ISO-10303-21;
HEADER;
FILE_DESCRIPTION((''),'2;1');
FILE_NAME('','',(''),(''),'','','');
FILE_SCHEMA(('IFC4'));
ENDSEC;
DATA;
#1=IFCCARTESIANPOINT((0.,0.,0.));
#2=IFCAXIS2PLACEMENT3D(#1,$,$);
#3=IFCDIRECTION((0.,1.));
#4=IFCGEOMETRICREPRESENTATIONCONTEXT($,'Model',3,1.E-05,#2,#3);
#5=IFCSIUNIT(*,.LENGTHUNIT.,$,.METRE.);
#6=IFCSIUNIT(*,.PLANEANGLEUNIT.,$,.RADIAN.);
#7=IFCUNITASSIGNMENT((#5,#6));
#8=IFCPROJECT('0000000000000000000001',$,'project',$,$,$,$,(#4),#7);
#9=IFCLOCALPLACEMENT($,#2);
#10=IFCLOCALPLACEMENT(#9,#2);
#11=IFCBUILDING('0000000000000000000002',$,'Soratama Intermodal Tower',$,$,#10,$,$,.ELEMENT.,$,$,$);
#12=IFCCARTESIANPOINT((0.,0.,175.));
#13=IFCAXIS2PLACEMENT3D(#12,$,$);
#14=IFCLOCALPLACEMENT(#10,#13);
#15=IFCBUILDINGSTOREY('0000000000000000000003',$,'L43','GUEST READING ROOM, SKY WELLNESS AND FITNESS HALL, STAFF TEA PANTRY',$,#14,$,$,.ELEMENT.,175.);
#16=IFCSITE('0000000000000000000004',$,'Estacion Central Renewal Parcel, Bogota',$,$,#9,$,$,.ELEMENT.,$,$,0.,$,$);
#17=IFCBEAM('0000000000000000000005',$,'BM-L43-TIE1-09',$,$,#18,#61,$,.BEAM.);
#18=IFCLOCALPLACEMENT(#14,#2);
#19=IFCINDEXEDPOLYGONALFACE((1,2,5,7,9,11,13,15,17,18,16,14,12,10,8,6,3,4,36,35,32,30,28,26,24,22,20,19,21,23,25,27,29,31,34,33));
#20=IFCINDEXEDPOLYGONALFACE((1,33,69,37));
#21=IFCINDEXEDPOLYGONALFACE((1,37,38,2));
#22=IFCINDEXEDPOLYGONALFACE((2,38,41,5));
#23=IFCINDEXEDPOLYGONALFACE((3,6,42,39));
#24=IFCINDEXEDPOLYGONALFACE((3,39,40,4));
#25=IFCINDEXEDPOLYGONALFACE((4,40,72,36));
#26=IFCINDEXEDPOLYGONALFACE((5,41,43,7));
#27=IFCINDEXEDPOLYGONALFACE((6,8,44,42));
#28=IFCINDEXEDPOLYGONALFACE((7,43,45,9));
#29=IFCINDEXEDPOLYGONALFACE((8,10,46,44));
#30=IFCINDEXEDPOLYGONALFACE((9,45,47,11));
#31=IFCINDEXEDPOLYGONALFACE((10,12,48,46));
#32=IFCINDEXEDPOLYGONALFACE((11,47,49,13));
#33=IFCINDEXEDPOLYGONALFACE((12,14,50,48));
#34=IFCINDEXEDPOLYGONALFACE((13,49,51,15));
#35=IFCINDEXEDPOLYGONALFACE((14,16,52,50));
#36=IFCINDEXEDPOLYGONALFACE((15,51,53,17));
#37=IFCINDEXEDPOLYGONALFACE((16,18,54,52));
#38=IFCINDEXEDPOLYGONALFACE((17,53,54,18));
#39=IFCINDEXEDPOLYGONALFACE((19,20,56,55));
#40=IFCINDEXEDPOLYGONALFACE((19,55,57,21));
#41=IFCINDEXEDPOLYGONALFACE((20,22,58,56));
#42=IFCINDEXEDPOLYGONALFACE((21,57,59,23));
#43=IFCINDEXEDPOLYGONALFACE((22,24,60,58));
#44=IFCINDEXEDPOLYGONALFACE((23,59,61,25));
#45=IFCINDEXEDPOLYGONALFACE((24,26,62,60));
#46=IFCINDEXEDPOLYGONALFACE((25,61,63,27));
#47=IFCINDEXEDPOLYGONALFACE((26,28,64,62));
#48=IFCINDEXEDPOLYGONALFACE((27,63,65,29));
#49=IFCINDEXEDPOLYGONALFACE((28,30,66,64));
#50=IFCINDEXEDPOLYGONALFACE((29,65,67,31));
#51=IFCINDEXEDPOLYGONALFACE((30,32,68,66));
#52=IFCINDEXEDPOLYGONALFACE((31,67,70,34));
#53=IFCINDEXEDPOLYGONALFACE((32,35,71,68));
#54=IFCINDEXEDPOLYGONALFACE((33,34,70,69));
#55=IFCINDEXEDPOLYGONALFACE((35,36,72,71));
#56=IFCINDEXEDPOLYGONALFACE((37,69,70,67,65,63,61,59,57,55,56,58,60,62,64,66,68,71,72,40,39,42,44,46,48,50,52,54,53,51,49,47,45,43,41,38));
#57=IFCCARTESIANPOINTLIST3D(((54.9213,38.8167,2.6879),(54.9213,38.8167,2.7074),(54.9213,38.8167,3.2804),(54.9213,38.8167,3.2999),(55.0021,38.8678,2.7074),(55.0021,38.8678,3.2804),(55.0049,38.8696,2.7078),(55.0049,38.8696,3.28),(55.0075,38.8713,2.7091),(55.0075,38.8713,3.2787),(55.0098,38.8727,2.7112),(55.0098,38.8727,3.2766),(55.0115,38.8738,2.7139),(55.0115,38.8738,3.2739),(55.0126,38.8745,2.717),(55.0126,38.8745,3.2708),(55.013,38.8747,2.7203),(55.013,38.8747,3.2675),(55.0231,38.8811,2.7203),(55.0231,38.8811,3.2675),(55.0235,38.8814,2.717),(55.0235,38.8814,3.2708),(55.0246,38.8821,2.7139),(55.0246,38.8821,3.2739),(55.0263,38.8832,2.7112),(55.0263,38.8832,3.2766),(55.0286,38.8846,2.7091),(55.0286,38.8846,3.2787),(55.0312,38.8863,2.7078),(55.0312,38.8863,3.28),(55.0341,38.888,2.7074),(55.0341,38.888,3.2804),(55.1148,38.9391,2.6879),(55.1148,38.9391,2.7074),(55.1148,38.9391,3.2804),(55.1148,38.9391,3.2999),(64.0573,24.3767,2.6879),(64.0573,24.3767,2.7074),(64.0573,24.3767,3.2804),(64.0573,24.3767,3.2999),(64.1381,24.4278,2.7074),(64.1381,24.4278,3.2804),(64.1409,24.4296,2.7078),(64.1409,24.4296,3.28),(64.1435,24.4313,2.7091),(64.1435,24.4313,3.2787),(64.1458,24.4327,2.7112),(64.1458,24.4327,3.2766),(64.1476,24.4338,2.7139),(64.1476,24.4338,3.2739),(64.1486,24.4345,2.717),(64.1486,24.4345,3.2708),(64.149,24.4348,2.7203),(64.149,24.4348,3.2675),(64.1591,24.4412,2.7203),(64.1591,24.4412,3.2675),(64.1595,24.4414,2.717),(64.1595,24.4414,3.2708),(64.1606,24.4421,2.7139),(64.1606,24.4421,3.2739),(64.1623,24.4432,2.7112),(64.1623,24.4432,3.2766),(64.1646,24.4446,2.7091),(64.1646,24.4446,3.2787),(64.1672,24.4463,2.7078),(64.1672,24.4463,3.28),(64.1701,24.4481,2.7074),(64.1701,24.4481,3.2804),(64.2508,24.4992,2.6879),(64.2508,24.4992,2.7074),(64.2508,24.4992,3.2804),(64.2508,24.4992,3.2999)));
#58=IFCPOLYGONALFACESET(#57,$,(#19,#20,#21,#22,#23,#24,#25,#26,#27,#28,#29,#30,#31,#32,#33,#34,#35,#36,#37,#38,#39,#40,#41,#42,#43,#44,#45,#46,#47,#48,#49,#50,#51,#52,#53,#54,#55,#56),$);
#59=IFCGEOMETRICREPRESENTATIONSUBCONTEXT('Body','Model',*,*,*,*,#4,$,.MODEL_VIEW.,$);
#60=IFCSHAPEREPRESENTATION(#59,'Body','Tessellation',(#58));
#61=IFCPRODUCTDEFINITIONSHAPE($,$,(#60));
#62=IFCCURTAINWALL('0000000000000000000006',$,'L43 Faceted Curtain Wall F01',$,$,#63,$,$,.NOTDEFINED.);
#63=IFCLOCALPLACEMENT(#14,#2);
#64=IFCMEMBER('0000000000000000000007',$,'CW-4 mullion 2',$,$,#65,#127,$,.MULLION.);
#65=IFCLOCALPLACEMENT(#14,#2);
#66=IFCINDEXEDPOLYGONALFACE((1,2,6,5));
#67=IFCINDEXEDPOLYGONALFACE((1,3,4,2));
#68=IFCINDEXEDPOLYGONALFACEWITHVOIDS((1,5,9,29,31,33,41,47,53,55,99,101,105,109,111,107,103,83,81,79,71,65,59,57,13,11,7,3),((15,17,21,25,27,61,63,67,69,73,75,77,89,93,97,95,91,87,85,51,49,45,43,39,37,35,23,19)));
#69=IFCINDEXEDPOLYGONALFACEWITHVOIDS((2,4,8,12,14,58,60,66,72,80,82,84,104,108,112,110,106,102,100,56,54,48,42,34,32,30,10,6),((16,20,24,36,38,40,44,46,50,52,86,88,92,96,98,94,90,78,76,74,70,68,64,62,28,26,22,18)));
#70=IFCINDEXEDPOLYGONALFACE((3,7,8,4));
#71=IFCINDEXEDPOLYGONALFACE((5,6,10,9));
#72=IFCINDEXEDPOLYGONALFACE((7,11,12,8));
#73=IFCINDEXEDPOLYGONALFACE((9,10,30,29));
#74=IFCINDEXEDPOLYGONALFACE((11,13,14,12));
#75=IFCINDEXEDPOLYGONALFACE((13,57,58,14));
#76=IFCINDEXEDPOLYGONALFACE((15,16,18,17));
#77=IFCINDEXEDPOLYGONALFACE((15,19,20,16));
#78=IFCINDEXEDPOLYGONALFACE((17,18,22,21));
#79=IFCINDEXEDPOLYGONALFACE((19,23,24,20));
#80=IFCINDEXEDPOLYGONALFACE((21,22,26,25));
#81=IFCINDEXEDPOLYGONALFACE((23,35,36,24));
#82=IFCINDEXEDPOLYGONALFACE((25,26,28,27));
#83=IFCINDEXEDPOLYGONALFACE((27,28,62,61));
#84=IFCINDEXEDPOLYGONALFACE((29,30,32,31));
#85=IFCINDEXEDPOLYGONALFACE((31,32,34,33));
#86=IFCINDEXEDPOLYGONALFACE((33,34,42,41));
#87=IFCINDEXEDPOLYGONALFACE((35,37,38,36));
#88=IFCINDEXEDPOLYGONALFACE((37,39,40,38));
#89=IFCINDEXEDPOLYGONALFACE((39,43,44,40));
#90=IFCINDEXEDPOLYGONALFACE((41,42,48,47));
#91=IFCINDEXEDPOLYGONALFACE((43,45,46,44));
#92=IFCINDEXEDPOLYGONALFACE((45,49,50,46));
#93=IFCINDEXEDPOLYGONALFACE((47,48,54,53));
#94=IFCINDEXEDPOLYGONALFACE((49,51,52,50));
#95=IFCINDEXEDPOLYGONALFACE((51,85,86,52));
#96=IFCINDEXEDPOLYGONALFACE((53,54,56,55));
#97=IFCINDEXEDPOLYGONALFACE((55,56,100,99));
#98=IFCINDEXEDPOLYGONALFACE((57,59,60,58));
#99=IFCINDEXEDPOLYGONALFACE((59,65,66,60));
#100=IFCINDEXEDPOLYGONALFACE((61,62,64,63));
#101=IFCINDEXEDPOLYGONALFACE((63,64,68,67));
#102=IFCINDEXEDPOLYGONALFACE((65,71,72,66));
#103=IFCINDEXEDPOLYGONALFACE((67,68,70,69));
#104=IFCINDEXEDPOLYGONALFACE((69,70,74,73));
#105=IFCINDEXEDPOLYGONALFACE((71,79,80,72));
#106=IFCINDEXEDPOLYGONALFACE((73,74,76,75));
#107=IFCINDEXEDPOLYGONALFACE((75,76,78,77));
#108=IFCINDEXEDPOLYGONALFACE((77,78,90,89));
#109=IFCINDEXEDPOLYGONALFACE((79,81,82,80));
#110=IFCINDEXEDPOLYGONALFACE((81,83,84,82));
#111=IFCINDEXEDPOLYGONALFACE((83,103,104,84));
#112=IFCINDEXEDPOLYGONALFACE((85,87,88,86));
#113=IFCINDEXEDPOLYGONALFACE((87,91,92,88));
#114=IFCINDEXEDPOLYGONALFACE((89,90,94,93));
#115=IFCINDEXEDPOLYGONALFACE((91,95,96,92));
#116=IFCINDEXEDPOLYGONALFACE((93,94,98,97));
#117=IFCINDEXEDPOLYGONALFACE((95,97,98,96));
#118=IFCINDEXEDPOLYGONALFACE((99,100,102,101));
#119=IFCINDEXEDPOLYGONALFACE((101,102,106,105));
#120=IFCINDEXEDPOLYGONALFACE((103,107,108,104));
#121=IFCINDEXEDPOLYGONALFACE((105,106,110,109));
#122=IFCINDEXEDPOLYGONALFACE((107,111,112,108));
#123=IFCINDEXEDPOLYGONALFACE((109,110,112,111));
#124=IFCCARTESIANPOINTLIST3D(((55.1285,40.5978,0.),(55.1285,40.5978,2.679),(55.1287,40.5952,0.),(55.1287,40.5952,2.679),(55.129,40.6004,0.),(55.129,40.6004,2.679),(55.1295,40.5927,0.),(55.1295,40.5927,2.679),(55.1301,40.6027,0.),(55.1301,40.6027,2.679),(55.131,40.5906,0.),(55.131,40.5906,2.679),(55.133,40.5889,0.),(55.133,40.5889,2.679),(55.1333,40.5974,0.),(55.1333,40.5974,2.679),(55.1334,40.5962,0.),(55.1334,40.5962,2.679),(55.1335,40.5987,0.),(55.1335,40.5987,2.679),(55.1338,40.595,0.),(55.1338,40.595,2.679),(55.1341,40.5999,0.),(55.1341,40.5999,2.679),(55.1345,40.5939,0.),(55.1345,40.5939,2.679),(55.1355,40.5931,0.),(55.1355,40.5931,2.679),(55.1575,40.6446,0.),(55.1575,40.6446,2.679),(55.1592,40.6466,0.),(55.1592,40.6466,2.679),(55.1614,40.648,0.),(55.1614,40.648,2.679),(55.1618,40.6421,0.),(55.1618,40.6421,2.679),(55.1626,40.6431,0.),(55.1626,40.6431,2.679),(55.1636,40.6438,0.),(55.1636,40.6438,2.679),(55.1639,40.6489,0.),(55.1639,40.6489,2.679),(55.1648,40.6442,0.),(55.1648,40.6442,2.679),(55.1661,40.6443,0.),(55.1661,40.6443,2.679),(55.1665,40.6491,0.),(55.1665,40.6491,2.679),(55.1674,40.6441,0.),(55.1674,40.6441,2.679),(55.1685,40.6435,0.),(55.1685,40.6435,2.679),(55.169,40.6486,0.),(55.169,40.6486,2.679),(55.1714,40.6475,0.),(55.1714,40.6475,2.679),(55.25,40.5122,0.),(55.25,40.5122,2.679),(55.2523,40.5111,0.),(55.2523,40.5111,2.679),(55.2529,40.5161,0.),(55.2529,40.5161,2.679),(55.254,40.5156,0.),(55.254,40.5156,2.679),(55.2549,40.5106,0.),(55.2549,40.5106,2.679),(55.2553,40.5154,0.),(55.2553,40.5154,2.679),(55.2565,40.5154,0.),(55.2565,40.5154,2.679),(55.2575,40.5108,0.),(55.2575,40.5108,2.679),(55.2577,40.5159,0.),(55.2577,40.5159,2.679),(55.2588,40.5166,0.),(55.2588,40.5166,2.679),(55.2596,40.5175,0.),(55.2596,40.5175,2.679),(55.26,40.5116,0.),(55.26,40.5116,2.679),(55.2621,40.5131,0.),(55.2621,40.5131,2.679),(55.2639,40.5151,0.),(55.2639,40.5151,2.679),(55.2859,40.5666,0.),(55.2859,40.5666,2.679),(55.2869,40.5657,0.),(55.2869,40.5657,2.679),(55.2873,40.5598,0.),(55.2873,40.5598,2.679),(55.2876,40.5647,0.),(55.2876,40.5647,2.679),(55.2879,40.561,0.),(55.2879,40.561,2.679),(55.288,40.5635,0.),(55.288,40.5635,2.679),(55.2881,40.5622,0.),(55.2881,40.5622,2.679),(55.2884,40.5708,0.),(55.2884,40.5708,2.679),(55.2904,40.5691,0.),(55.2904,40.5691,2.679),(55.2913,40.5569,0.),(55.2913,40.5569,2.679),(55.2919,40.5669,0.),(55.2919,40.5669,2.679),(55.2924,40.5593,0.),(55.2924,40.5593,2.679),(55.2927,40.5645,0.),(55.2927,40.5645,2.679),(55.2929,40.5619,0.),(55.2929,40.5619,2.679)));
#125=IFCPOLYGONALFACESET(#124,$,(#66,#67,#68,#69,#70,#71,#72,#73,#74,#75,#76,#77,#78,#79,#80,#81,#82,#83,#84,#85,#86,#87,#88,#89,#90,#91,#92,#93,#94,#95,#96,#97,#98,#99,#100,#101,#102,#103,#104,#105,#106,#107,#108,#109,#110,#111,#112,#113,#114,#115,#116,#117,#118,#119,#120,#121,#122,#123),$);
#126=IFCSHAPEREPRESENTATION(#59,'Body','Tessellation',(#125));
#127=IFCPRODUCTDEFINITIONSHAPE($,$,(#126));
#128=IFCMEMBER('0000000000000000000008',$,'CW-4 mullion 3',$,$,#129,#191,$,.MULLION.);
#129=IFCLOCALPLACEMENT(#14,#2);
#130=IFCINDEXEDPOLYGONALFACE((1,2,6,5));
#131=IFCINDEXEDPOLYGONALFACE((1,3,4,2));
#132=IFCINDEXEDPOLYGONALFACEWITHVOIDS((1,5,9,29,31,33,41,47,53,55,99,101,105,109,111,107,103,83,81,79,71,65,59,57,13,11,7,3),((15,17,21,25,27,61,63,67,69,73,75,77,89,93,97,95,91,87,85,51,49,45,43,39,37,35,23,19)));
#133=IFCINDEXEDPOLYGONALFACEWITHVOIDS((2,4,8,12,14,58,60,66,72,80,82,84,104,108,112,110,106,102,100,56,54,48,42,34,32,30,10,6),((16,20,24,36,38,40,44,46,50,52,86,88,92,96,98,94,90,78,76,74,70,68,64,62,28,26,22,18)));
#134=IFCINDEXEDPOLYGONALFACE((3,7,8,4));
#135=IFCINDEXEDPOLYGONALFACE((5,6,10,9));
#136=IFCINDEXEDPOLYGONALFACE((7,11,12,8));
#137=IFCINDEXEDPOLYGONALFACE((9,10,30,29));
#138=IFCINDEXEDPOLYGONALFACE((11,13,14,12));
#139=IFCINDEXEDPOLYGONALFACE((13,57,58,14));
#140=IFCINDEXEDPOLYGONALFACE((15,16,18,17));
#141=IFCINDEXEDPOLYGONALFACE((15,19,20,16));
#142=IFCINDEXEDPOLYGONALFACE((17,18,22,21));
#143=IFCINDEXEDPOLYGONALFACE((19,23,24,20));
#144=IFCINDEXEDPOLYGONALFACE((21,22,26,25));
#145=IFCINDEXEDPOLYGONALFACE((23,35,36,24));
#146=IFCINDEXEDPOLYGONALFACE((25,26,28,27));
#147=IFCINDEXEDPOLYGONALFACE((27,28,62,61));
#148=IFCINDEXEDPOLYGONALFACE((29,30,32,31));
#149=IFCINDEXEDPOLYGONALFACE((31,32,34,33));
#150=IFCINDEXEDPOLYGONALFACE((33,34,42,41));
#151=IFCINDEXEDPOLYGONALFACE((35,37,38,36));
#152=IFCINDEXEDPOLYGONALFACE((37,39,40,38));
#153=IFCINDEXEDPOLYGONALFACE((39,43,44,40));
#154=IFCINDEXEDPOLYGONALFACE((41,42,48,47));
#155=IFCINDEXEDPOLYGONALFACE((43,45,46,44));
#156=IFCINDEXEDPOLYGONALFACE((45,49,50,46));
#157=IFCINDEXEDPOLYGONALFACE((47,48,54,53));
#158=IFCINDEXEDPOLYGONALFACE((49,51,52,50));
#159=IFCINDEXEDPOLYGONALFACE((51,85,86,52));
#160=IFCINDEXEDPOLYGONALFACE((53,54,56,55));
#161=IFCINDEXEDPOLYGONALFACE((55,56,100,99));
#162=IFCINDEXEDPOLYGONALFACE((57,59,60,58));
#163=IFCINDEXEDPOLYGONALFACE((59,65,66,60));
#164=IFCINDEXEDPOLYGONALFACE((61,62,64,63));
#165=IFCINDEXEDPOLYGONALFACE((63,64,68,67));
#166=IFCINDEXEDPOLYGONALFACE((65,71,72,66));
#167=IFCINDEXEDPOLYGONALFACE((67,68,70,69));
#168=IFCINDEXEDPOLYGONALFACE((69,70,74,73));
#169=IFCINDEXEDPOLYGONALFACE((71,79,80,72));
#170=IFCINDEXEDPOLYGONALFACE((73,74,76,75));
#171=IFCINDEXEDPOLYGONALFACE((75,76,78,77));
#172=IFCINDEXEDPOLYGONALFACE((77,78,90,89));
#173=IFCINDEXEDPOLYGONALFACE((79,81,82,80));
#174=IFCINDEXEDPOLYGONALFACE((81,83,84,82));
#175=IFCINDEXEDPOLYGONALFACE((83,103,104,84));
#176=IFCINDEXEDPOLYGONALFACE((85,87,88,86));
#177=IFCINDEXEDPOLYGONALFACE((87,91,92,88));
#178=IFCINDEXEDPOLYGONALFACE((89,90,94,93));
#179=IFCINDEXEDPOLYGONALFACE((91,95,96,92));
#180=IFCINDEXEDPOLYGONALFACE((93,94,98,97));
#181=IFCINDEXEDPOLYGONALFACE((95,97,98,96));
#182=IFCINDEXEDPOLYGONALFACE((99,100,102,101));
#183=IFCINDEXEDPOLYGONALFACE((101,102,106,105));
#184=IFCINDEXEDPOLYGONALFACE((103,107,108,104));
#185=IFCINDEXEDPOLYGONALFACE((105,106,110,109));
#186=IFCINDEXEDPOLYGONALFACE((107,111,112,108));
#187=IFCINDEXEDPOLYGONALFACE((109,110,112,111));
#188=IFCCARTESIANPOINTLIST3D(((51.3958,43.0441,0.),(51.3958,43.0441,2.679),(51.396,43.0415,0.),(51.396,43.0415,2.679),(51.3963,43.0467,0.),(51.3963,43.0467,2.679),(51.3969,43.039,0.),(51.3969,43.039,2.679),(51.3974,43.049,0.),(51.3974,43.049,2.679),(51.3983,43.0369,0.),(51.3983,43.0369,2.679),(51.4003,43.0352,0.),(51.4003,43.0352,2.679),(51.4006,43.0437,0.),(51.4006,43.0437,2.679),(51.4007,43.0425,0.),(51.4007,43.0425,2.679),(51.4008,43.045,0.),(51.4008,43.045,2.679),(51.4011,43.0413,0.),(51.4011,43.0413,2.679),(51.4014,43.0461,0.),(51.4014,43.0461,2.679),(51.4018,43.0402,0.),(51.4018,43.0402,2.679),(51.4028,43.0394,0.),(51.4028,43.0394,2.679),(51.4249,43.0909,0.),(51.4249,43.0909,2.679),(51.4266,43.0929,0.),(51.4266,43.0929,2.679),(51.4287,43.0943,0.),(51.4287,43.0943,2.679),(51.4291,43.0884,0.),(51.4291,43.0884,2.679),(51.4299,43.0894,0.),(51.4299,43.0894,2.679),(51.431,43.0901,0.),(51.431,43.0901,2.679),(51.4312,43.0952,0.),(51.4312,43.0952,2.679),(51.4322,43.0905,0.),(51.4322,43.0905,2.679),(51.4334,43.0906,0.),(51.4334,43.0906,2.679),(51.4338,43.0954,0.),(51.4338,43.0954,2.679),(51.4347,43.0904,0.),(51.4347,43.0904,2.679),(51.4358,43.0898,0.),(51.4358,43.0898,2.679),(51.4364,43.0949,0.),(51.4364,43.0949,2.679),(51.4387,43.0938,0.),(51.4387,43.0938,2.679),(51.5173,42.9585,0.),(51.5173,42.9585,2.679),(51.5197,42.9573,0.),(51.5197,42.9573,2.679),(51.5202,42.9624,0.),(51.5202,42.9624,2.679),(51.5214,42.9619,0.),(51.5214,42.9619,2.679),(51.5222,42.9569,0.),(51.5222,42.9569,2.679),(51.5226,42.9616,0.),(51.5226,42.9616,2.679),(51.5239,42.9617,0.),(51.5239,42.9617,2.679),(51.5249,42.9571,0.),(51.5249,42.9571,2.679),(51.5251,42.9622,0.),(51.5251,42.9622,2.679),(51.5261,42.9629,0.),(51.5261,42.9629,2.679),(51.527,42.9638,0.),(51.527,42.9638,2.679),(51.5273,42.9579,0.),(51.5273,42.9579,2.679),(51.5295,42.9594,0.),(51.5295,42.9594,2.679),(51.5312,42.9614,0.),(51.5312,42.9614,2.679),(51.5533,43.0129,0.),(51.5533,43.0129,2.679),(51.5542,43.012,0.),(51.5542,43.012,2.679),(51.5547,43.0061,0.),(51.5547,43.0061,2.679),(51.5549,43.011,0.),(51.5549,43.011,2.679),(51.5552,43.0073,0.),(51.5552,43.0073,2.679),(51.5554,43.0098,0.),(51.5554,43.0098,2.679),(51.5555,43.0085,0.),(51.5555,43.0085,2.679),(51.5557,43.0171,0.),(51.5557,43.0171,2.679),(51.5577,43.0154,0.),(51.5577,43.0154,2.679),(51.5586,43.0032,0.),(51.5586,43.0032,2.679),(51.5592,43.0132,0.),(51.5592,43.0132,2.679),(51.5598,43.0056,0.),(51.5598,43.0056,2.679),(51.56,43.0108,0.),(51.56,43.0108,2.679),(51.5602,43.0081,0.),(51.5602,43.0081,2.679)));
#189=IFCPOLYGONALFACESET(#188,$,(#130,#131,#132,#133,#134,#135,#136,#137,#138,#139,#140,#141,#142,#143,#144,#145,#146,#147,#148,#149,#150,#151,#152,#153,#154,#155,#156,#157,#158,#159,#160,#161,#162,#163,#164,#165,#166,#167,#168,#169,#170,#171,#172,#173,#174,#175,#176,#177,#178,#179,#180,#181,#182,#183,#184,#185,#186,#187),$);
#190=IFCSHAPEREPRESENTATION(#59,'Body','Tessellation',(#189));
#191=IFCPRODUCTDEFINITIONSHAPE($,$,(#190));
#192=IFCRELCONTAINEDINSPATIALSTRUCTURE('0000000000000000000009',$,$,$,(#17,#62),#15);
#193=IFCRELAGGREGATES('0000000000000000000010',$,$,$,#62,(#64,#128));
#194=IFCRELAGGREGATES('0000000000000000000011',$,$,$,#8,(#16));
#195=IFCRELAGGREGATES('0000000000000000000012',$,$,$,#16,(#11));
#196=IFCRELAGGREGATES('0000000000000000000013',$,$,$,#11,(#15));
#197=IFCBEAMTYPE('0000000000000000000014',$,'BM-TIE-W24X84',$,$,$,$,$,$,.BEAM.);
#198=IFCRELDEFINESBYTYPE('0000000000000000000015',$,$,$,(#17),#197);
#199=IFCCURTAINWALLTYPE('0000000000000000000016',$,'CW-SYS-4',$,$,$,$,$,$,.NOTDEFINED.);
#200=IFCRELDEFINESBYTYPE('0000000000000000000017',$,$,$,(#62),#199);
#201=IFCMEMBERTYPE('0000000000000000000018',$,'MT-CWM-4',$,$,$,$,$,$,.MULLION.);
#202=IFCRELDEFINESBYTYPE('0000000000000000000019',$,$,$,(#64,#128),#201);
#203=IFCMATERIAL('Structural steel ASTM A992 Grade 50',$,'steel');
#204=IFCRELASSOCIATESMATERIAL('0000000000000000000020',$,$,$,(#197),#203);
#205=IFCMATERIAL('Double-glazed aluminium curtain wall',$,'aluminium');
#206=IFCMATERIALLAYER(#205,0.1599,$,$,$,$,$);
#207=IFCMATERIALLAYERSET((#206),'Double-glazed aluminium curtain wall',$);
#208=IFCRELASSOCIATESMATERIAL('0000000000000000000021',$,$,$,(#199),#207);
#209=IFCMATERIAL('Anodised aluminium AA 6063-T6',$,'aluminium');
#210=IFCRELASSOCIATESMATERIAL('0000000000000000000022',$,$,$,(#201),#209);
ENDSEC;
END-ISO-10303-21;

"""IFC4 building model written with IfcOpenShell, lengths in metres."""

from ifc_helpers import new_model, si_unit, direction, frame, origin, origin_2d, place, context, subcontext, project, spatial, hollow_rectangle, i_section, extrude, material, layer, layer_set, material_profile, profile_set, type_object, element, aggregate, save


model = new_model("IFC4")

# Units and contexts
model_context = context("Model", 3, precision=1e-05, world=origin(), true_north=direction((0.0, 1.0)))
body_context = subcontext(model_context, "Body", "Model", "MODEL_VIEW")
ifc_project = project(units=[si_unit("LENGTHUNIT", "METRE"), si_unit("PLANEANGLEUNIT", "RADIAN")], contexts=[model_context])

# Site, building, storey
site_placement = place(None, origin())
site = spatial("IfcSite", under=ifc_project, at=site_placement, Name="Estacion Central Renewal Parcel, Bogota", CompositionType="ELEMENT", RefElevation=0.0)
building_placement = place(site_placement, origin())
building = spatial("IfcBuilding", under=site, at=building_placement, Name="Soratama Intermodal Tower", CompositionType="ELEMENT")
storey_placement = place(building_placement, frame((0.0, 0.0, 175.0)))
storey = spatial("IfcBuildingStorey", under=building, at=storey_placement, Name="L43", Description="GUEST READING ROOM, SKY WELLNESS AND FITNESS HALL, STAFF TEA PANTRY", CompositionType="ELEMENT", Elevation=175.0)

# Beam
ifc_material_1 = material(Name="Structural steel ASTM A992 Grade 50", Category="steel")
ifc_material_profile_1 = material_profile(ifc_material_1, i_section(OverallWidth=0.229, OverallDepth=0.6121, WebThickness=0.012, FlangeThickness=0.0195, FilletRadius=0.0129, at=origin_2d()), Name="W24X84")
ifc_profile_set_1 = profile_set([ifc_material_profile_1], Name="Structural steel ASTM A992 Grade 50")
beam_type_1 = type_object("IfcBeamType", Name="BM-TIE-W24X84", PredefinedType="BEAM", material=ifc_profile_set_1)
beam_1_placement = place(storey_placement, frame((55.0181, 38.8779, 2.9939), z_axis=(0.534663, -0.845065, 0.0), x_axis=(0.845065, 0.534663, 0.0)))
element("IfcBeam", 1, at=beam_1_placement, inside=storey, type_object=beam_type_1, Name="BM-L43-TIE1-09", PredefinedType="BEAM", context=body_context, shape_type="SweptSolid", body=[
    extrude(i_section(OverallWidth=0.229, OverallDepth=0.6121, WebThickness=0.012, FlangeThickness=0.0195, FilletRadius=0.0129, at=origin_2d()), origin(), (0.0, 0.0, 1.0), 17.0874),
])

# Curtain wall, members
ifc_material_2 = material(Name="Double-glazed aluminium curtain wall", Category="aluminium")
ifc_layer_1 = layer(ifc_material_2, 0.1599)
ifc_layer_set_1 = layer_set([ifc_layer_1], Name="Double-glazed aluminium curtain wall")
curtain_wall_type = type_object("IfcCurtainWallType", Name="CW-SYS-4", PredefinedType="NOTDEFINED", material=ifc_layer_set_1)
curtain_wall_1_placement = place(storey_placement, origin())
curtain_wall_1 = element("IfcCurtainWall", 2, at=curtain_wall_1_placement, inside=storey, type_object=curtain_wall_type, Name="L43 Faceted Curtain Wall F01", PredefinedType="NOTDEFINED")
ifc_material_3 = material(Name="Anodised aluminium AA 6063-T6", Category="aluminium")
ifc_material_profile_2 = material_profile(ifc_material_3, hollow_rectangle(XDim=0.0701, YDim=0.1599, WallThickness=0.0049, InnerFilletRadius=0.0049, OuterFilletRadius=0.01, at=origin_2d()), Name="CWM160X70X5")
ifc_profile_set_2 = profile_set([ifc_material_profile_2], Name="Anodised aluminium AA 6063-T6")
member_type_1 = type_object("IfcMemberType", Name="MT-CWM-4", PredefinedType="MULLION", material=ifc_profile_set_2)
member_1_placement = place(storey_placement, frame((55.2107, 40.5798, 0.0), z_axis=(0.0, 0.0, 1.0), x_axis=(-0.548142, -0.836385, 0.0)))
member_1 = element("IfcMember", 3, at=member_1_placement, type_object=member_type_1, Name="CW-4 mullion 2", PredefinedType="MULLION", context=body_context, shape_type="SweptSolid", body=[
    extrude(hollow_rectangle(XDim=0.0701, YDim=0.1599, WallThickness=0.0049, InnerFilletRadius=0.0049, OuterFilletRadius=0.01, at=origin_2d()), origin(), (0.0, 0.0, 1.0), 2.679),
])
member_2_placement = place(storey_placement, frame((51.478, 43.0261, 0.0), z_axis=(0.0, 0.0, 1.0), x_axis=(-0.548142, -0.836385, 0.0)))
member_2 = element("IfcMember", 4, at=member_2_placement, type_object=member_type_1, Name="CW-4 mullion 3", PredefinedType="MULLION", context=body_context, shape_type="SweptSolid", body=[
    extrude(hollow_rectangle(XDim=0.0701, YDim=0.1599, WallThickness=0.0049, InnerFilletRadius=0.0049, OuterFilletRadius=0.01, at=origin_2d()), origin(), (0.0, 0.0, 1.0), 2.679),
])

aggregate(curtain_wall_1, [member_1, member_2])

save(model, "model.ifc")
